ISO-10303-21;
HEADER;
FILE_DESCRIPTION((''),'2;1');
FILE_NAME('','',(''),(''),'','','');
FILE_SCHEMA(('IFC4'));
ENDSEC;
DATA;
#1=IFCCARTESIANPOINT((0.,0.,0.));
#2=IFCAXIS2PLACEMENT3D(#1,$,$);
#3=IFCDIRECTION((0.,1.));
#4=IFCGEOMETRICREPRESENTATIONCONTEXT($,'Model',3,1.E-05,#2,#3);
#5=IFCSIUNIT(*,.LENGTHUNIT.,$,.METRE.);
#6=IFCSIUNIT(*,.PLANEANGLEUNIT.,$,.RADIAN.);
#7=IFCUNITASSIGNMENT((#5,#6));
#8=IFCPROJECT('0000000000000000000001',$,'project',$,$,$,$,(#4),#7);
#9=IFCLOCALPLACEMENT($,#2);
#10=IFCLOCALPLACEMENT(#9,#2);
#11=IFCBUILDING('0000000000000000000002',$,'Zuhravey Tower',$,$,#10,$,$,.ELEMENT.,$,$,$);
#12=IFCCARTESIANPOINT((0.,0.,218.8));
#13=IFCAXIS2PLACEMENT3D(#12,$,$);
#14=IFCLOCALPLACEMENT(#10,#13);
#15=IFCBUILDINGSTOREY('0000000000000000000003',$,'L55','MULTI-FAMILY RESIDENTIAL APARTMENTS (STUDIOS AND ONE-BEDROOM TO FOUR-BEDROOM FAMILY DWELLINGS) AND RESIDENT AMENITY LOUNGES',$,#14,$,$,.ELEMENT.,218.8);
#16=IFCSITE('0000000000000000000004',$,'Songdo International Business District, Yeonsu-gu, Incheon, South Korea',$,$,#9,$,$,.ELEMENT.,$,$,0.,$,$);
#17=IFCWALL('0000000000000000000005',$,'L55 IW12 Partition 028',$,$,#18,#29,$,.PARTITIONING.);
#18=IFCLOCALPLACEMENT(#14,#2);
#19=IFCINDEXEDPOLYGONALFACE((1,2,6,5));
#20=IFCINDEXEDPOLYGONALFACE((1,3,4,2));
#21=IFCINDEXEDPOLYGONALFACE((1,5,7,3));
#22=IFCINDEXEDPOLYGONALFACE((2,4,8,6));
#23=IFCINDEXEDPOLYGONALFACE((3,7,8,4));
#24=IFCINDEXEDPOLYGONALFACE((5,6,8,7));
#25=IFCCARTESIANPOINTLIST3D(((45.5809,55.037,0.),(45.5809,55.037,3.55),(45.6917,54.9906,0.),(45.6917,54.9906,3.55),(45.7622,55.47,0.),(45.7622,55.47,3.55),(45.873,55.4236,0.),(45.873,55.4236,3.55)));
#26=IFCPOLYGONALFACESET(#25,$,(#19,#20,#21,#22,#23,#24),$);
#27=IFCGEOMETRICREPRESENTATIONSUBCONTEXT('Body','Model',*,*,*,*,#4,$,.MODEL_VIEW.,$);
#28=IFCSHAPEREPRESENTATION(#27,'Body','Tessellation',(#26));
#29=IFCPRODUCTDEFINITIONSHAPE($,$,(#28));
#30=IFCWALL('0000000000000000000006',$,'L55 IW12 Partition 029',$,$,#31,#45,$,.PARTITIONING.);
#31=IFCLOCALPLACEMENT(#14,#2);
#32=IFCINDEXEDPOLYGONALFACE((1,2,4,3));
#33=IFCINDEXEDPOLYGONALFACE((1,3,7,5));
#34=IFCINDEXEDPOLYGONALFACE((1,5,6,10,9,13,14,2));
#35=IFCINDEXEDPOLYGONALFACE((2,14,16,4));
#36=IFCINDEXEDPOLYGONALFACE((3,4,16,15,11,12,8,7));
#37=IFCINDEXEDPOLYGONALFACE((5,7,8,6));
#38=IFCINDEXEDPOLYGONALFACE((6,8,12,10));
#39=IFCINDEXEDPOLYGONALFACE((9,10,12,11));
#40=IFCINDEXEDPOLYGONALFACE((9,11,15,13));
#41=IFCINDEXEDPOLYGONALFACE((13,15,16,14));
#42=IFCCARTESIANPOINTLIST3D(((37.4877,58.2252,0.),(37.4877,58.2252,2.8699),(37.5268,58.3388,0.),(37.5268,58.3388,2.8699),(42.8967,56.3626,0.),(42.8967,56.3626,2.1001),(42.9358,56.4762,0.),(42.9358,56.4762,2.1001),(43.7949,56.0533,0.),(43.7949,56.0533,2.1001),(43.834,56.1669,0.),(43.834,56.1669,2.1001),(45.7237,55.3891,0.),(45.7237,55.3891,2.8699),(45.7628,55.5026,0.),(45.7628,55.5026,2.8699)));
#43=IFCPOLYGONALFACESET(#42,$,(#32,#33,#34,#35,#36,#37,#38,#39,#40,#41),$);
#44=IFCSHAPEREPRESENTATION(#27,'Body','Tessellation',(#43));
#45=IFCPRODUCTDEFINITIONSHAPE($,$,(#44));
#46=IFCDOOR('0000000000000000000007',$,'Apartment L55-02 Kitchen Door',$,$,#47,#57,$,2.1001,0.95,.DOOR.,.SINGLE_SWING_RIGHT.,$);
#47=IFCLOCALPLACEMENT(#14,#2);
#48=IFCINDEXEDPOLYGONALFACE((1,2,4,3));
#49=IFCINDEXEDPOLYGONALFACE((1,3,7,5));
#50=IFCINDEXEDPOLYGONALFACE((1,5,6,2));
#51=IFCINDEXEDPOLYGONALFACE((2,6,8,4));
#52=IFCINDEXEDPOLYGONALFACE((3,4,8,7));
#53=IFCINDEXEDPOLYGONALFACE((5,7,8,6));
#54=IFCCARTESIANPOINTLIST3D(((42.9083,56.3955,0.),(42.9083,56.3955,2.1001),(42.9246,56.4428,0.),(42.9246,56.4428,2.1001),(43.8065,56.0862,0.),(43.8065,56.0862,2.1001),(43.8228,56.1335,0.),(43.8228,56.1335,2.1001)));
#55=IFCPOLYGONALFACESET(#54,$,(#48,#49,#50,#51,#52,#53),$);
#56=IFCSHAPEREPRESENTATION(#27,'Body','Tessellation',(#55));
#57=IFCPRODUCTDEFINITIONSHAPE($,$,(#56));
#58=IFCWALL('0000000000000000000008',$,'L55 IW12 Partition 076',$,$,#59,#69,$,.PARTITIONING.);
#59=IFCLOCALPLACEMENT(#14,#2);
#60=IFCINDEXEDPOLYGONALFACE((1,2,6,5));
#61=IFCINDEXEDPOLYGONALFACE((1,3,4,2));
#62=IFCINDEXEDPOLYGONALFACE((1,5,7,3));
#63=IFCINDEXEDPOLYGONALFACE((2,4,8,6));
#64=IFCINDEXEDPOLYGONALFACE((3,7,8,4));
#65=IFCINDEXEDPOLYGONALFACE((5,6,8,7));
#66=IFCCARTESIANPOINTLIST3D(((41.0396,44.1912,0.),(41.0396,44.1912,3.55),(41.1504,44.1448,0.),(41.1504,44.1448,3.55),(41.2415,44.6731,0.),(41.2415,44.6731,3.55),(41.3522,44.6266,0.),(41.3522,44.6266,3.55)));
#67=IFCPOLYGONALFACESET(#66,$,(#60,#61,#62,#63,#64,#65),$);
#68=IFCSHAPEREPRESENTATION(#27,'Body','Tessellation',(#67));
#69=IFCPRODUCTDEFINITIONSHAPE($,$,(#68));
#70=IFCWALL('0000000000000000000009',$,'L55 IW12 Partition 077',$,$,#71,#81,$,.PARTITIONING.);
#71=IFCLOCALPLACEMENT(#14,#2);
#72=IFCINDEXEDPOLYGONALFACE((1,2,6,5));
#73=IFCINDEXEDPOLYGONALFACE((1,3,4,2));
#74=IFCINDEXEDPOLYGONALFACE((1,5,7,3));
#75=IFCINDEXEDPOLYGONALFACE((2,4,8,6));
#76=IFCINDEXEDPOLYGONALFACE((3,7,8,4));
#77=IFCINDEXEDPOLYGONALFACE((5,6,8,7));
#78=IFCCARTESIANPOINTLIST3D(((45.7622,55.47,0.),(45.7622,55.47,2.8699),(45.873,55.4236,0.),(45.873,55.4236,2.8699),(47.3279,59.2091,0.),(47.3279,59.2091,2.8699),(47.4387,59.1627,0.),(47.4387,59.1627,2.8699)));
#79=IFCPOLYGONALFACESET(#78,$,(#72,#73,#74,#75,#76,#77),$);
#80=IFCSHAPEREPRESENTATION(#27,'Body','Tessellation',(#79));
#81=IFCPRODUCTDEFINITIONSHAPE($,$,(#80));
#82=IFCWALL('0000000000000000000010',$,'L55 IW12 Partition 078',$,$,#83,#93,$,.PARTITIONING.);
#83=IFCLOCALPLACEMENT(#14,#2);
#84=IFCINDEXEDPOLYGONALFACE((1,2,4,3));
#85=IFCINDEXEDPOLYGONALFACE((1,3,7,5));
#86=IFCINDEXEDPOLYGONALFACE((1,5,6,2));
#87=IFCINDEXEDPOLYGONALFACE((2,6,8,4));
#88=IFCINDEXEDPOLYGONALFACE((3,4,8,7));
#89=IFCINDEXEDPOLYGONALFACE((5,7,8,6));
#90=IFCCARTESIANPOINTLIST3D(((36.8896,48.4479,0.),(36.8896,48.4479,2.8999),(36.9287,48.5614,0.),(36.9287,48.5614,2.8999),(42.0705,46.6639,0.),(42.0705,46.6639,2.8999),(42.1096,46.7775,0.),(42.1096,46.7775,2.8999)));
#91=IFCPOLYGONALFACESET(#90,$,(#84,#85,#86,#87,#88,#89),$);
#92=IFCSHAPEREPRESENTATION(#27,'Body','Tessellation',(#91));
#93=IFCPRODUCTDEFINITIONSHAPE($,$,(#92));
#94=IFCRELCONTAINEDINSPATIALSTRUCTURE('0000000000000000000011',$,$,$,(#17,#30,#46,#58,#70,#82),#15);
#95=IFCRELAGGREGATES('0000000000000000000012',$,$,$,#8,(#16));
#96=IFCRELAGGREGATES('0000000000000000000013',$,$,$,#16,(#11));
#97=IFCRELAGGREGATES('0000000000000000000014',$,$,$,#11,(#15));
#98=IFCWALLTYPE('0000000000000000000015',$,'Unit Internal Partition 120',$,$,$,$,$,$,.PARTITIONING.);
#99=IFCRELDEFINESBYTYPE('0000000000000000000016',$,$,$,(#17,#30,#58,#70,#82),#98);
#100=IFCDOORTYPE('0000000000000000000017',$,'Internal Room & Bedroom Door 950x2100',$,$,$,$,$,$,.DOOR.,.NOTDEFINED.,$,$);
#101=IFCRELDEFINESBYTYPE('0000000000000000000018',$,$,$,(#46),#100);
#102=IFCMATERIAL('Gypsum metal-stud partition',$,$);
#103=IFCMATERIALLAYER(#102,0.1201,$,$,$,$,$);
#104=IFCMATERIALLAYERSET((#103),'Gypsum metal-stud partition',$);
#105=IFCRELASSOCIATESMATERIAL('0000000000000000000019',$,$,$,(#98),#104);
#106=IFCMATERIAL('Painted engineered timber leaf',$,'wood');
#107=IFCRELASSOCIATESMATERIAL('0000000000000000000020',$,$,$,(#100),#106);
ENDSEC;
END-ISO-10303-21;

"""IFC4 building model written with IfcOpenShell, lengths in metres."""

from ifc_helpers import new_model, si_unit, direction, frame, frame_2d, origin, place, context, subcontext, project, spatial, rectangle, extrude, material, layer, layer_set, type_object, element, fill, save


model = new_model("IFC4")

# Units and contexts
model_context = context("Model", 3, precision=1e-05, world=origin(), true_north=direction((0.0, 1.0)))
body_context = subcontext(model_context, "Body", "Model", "MODEL_VIEW")
ifc_project = project(units=[si_unit("LENGTHUNIT", "METRE"), si_unit("PLANEANGLEUNIT", "RADIAN")], contexts=[model_context])

# Site, building, storey
site_placement = place(None, origin())
site = spatial("IfcSite", under=ifc_project, at=site_placement, Name="Songdo International Business District, Yeonsu-gu, Incheon, South Korea", CompositionType="ELEMENT", RefElevation=0.0)
building_placement = place(site_placement, origin())
building = spatial("IfcBuilding", under=site, at=building_placement, Name="Zuhravey Tower", CompositionType="ELEMENT")
storey_placement = place(building_placement, frame((0.0, 0.0, 218.8)))
storey = spatial("IfcBuildingStorey", under=building, at=storey_placement, Name="L55", Description="MULTI-FAMILY RESIDENTIAL APARTMENTS (STUDIOS AND ONE-BEDROOM TO FOUR-BEDROOM FAMILY DWELLINGS) AND RESIDENT AMENITY LOUNGES", CompositionType="ELEMENT", Elevation=218.8)

# Shared definitions
ifc_material_1 = material(Name="Gypsum metal-stud partition")
ifc_layer_1 = layer(ifc_material_1, 0.1201)
ifc_layer_set_1 = layer_set([ifc_layer_1], Name="Gypsum metal-stud partition")
wall_type = type_object("IfcWallType", Name="Unit Internal Partition 120", PredefinedType="PARTITIONING", material=ifc_layer_set_1)
ifc_material_2 = material(Name="Painted engineered timber leaf", Category="wood")
door_type_1 = type_object("IfcDoorType", Name="Internal Room & Bedroom Door 950x2100", OperationType="NOTDEFINED", PredefinedType="DOOR", material=ifc_material_2)

# Wall
wall_1_placement = place(storey_placement, frame((45.6362, 55.0137, 0.0), z_axis=(0.0, 0.0, 1.0), x_axis=(0.386313, 0.922368, 0.0)))
element("IfcWall", 1, at=wall_1_placement, inside=storey, type_object=wall_type, Name="L55 IW12 Partition 028", PredefinedType="PARTITIONING", context=body_context, shape_type="SweptSolid", body=[
    extrude(rectangle(XDim=0.4695, YDim=0.1201, at=frame_2d((0.2349, 0.0))), origin(), (0.0, 0.0, 1.0), 3.55),
])

# Wall, opening, door
wall_2_placement = place(storey_placement, frame((45.7434, 55.4458, 0.0), z_axis=(0.0, 0.0, 1.0), x_axis=(-0.945509, 0.325596, 0.0)))
wall_2 = element("IfcWall", 2, at=wall_2_placement, inside=storey, type_object=wall_type, Name="L55 IW12 Partition 029", PredefinedType="PARTITIONING", context=body_context, shape_type="SweptSolid", body=[
    extrude(rectangle(XDim=8.7107, YDim=0.1201, at=frame_2d((4.3555, 0.0))), origin(), (0.0, 0.0, 1.0), 2.8699),
])
opening_1_placement = place(wall_2_placement, frame((2.04, 0.0, 0.0)))
opening_1 = element("IfcOpeningElement", 3, at=opening_1_placement, cuts=wall_2, PredefinedType="OPENING", context=body_context, shape_type="SweptSolid", body=[
    extrude(rectangle(XDim=0.95, YDim=2.1001, at=frame_2d((0.4751, 1.05))), frame((0.0, 0.072, 0.0), z_axis=(0.0, -1.0, 0.0), x_axis=(1.0, 0.0, 0.0)), (0.0, 0.0, 1.0), 0.144),
])
door_1_placement = place(opening_1_placement, frame((0.95, 0.0, 0.0), z_axis=(0.0, 0.0, 1.0), x_axis=(-1.0, 0.0, 0.0)))
door_1 = element("IfcDoor", 4, at=door_1_placement, inside=storey, type_object=door_type_1, Name="Apartment L55-02 Kitchen Door", OperationType="SINGLE_SWING_RIGHT", OverallHeight=2.1001, OverallWidth=0.95, PredefinedType="DOOR", context=body_context, shape_type="SweptSolid", body=[
    extrude(rectangle(XDim=0.95, YDim=2.1001, at=frame_2d((0.4751, 1.05))), frame((0.0, 0.0249, 0.0), z_axis=(0.0, -1.0, 0.0), x_axis=(1.0, 0.0, 0.0)), (0.0, 0.0, 1.0), 0.05),
])
fill(opening_1, door_1)

# Walls
wall_3_placement = place(storey_placement, frame((41.095, 44.168, 0.0), z_axis=(0.0, 0.0, 1.0), x_axis=(0.386406, 0.922329, 0.0)))
element("IfcWall", 5, at=wall_3_placement, inside=storey, type_object=wall_type, Name="L55 IW12 Partition 076", PredefinedType="PARTITIONING", context=body_context, shape_type="SweptSolid", body=[
    extrude(rectangle(XDim=0.5225, YDim=0.1201, at=frame_2d((0.2612, 0.0))), origin(), (0.0, 0.0, 1.0), 3.55),
])
wall_4_placement = place(storey_placement, frame((45.8176, 55.4468, 0.0), z_axis=(0.0, 0.0, 1.0), x_axis=(0.386223, 0.922406, 0.0)))
element("IfcWall", 6, at=wall_4_placement, inside=storey, type_object=wall_type, Name="L55 IW12 Partition 077", PredefinedType="PARTITIONING", context=body_context, shape_type="SweptSolid", body=[
    extrude(rectangle(XDim=4.0537, YDim=0.1201, at=frame_2d((2.0269, 0.0))), origin(), (0.0, 0.0, 1.0), 2.8699),
])
wall_5_placement = place(storey_placement, frame((42.0901, 46.7207, 0.0), z_axis=(0.0, 0.0, 1.0), x_axis=(-0.945518, 0.325569, 0.0)))
element("IfcWall", 7, at=wall_5_placement, inside=storey, type_object=wall_type, Name="L55 IW12 Partition 078", PredefinedType="PARTITIONING", context=body_context, shape_type="SweptSolid", body=[
    extrude(rectangle(XDim=5.4795, YDim=0.1201, at=frame_2d((2.7397, 0.0))), origin(), (0.0, 0.0, 1.0), 2.8999),
])

save(model, "model.ifc")
